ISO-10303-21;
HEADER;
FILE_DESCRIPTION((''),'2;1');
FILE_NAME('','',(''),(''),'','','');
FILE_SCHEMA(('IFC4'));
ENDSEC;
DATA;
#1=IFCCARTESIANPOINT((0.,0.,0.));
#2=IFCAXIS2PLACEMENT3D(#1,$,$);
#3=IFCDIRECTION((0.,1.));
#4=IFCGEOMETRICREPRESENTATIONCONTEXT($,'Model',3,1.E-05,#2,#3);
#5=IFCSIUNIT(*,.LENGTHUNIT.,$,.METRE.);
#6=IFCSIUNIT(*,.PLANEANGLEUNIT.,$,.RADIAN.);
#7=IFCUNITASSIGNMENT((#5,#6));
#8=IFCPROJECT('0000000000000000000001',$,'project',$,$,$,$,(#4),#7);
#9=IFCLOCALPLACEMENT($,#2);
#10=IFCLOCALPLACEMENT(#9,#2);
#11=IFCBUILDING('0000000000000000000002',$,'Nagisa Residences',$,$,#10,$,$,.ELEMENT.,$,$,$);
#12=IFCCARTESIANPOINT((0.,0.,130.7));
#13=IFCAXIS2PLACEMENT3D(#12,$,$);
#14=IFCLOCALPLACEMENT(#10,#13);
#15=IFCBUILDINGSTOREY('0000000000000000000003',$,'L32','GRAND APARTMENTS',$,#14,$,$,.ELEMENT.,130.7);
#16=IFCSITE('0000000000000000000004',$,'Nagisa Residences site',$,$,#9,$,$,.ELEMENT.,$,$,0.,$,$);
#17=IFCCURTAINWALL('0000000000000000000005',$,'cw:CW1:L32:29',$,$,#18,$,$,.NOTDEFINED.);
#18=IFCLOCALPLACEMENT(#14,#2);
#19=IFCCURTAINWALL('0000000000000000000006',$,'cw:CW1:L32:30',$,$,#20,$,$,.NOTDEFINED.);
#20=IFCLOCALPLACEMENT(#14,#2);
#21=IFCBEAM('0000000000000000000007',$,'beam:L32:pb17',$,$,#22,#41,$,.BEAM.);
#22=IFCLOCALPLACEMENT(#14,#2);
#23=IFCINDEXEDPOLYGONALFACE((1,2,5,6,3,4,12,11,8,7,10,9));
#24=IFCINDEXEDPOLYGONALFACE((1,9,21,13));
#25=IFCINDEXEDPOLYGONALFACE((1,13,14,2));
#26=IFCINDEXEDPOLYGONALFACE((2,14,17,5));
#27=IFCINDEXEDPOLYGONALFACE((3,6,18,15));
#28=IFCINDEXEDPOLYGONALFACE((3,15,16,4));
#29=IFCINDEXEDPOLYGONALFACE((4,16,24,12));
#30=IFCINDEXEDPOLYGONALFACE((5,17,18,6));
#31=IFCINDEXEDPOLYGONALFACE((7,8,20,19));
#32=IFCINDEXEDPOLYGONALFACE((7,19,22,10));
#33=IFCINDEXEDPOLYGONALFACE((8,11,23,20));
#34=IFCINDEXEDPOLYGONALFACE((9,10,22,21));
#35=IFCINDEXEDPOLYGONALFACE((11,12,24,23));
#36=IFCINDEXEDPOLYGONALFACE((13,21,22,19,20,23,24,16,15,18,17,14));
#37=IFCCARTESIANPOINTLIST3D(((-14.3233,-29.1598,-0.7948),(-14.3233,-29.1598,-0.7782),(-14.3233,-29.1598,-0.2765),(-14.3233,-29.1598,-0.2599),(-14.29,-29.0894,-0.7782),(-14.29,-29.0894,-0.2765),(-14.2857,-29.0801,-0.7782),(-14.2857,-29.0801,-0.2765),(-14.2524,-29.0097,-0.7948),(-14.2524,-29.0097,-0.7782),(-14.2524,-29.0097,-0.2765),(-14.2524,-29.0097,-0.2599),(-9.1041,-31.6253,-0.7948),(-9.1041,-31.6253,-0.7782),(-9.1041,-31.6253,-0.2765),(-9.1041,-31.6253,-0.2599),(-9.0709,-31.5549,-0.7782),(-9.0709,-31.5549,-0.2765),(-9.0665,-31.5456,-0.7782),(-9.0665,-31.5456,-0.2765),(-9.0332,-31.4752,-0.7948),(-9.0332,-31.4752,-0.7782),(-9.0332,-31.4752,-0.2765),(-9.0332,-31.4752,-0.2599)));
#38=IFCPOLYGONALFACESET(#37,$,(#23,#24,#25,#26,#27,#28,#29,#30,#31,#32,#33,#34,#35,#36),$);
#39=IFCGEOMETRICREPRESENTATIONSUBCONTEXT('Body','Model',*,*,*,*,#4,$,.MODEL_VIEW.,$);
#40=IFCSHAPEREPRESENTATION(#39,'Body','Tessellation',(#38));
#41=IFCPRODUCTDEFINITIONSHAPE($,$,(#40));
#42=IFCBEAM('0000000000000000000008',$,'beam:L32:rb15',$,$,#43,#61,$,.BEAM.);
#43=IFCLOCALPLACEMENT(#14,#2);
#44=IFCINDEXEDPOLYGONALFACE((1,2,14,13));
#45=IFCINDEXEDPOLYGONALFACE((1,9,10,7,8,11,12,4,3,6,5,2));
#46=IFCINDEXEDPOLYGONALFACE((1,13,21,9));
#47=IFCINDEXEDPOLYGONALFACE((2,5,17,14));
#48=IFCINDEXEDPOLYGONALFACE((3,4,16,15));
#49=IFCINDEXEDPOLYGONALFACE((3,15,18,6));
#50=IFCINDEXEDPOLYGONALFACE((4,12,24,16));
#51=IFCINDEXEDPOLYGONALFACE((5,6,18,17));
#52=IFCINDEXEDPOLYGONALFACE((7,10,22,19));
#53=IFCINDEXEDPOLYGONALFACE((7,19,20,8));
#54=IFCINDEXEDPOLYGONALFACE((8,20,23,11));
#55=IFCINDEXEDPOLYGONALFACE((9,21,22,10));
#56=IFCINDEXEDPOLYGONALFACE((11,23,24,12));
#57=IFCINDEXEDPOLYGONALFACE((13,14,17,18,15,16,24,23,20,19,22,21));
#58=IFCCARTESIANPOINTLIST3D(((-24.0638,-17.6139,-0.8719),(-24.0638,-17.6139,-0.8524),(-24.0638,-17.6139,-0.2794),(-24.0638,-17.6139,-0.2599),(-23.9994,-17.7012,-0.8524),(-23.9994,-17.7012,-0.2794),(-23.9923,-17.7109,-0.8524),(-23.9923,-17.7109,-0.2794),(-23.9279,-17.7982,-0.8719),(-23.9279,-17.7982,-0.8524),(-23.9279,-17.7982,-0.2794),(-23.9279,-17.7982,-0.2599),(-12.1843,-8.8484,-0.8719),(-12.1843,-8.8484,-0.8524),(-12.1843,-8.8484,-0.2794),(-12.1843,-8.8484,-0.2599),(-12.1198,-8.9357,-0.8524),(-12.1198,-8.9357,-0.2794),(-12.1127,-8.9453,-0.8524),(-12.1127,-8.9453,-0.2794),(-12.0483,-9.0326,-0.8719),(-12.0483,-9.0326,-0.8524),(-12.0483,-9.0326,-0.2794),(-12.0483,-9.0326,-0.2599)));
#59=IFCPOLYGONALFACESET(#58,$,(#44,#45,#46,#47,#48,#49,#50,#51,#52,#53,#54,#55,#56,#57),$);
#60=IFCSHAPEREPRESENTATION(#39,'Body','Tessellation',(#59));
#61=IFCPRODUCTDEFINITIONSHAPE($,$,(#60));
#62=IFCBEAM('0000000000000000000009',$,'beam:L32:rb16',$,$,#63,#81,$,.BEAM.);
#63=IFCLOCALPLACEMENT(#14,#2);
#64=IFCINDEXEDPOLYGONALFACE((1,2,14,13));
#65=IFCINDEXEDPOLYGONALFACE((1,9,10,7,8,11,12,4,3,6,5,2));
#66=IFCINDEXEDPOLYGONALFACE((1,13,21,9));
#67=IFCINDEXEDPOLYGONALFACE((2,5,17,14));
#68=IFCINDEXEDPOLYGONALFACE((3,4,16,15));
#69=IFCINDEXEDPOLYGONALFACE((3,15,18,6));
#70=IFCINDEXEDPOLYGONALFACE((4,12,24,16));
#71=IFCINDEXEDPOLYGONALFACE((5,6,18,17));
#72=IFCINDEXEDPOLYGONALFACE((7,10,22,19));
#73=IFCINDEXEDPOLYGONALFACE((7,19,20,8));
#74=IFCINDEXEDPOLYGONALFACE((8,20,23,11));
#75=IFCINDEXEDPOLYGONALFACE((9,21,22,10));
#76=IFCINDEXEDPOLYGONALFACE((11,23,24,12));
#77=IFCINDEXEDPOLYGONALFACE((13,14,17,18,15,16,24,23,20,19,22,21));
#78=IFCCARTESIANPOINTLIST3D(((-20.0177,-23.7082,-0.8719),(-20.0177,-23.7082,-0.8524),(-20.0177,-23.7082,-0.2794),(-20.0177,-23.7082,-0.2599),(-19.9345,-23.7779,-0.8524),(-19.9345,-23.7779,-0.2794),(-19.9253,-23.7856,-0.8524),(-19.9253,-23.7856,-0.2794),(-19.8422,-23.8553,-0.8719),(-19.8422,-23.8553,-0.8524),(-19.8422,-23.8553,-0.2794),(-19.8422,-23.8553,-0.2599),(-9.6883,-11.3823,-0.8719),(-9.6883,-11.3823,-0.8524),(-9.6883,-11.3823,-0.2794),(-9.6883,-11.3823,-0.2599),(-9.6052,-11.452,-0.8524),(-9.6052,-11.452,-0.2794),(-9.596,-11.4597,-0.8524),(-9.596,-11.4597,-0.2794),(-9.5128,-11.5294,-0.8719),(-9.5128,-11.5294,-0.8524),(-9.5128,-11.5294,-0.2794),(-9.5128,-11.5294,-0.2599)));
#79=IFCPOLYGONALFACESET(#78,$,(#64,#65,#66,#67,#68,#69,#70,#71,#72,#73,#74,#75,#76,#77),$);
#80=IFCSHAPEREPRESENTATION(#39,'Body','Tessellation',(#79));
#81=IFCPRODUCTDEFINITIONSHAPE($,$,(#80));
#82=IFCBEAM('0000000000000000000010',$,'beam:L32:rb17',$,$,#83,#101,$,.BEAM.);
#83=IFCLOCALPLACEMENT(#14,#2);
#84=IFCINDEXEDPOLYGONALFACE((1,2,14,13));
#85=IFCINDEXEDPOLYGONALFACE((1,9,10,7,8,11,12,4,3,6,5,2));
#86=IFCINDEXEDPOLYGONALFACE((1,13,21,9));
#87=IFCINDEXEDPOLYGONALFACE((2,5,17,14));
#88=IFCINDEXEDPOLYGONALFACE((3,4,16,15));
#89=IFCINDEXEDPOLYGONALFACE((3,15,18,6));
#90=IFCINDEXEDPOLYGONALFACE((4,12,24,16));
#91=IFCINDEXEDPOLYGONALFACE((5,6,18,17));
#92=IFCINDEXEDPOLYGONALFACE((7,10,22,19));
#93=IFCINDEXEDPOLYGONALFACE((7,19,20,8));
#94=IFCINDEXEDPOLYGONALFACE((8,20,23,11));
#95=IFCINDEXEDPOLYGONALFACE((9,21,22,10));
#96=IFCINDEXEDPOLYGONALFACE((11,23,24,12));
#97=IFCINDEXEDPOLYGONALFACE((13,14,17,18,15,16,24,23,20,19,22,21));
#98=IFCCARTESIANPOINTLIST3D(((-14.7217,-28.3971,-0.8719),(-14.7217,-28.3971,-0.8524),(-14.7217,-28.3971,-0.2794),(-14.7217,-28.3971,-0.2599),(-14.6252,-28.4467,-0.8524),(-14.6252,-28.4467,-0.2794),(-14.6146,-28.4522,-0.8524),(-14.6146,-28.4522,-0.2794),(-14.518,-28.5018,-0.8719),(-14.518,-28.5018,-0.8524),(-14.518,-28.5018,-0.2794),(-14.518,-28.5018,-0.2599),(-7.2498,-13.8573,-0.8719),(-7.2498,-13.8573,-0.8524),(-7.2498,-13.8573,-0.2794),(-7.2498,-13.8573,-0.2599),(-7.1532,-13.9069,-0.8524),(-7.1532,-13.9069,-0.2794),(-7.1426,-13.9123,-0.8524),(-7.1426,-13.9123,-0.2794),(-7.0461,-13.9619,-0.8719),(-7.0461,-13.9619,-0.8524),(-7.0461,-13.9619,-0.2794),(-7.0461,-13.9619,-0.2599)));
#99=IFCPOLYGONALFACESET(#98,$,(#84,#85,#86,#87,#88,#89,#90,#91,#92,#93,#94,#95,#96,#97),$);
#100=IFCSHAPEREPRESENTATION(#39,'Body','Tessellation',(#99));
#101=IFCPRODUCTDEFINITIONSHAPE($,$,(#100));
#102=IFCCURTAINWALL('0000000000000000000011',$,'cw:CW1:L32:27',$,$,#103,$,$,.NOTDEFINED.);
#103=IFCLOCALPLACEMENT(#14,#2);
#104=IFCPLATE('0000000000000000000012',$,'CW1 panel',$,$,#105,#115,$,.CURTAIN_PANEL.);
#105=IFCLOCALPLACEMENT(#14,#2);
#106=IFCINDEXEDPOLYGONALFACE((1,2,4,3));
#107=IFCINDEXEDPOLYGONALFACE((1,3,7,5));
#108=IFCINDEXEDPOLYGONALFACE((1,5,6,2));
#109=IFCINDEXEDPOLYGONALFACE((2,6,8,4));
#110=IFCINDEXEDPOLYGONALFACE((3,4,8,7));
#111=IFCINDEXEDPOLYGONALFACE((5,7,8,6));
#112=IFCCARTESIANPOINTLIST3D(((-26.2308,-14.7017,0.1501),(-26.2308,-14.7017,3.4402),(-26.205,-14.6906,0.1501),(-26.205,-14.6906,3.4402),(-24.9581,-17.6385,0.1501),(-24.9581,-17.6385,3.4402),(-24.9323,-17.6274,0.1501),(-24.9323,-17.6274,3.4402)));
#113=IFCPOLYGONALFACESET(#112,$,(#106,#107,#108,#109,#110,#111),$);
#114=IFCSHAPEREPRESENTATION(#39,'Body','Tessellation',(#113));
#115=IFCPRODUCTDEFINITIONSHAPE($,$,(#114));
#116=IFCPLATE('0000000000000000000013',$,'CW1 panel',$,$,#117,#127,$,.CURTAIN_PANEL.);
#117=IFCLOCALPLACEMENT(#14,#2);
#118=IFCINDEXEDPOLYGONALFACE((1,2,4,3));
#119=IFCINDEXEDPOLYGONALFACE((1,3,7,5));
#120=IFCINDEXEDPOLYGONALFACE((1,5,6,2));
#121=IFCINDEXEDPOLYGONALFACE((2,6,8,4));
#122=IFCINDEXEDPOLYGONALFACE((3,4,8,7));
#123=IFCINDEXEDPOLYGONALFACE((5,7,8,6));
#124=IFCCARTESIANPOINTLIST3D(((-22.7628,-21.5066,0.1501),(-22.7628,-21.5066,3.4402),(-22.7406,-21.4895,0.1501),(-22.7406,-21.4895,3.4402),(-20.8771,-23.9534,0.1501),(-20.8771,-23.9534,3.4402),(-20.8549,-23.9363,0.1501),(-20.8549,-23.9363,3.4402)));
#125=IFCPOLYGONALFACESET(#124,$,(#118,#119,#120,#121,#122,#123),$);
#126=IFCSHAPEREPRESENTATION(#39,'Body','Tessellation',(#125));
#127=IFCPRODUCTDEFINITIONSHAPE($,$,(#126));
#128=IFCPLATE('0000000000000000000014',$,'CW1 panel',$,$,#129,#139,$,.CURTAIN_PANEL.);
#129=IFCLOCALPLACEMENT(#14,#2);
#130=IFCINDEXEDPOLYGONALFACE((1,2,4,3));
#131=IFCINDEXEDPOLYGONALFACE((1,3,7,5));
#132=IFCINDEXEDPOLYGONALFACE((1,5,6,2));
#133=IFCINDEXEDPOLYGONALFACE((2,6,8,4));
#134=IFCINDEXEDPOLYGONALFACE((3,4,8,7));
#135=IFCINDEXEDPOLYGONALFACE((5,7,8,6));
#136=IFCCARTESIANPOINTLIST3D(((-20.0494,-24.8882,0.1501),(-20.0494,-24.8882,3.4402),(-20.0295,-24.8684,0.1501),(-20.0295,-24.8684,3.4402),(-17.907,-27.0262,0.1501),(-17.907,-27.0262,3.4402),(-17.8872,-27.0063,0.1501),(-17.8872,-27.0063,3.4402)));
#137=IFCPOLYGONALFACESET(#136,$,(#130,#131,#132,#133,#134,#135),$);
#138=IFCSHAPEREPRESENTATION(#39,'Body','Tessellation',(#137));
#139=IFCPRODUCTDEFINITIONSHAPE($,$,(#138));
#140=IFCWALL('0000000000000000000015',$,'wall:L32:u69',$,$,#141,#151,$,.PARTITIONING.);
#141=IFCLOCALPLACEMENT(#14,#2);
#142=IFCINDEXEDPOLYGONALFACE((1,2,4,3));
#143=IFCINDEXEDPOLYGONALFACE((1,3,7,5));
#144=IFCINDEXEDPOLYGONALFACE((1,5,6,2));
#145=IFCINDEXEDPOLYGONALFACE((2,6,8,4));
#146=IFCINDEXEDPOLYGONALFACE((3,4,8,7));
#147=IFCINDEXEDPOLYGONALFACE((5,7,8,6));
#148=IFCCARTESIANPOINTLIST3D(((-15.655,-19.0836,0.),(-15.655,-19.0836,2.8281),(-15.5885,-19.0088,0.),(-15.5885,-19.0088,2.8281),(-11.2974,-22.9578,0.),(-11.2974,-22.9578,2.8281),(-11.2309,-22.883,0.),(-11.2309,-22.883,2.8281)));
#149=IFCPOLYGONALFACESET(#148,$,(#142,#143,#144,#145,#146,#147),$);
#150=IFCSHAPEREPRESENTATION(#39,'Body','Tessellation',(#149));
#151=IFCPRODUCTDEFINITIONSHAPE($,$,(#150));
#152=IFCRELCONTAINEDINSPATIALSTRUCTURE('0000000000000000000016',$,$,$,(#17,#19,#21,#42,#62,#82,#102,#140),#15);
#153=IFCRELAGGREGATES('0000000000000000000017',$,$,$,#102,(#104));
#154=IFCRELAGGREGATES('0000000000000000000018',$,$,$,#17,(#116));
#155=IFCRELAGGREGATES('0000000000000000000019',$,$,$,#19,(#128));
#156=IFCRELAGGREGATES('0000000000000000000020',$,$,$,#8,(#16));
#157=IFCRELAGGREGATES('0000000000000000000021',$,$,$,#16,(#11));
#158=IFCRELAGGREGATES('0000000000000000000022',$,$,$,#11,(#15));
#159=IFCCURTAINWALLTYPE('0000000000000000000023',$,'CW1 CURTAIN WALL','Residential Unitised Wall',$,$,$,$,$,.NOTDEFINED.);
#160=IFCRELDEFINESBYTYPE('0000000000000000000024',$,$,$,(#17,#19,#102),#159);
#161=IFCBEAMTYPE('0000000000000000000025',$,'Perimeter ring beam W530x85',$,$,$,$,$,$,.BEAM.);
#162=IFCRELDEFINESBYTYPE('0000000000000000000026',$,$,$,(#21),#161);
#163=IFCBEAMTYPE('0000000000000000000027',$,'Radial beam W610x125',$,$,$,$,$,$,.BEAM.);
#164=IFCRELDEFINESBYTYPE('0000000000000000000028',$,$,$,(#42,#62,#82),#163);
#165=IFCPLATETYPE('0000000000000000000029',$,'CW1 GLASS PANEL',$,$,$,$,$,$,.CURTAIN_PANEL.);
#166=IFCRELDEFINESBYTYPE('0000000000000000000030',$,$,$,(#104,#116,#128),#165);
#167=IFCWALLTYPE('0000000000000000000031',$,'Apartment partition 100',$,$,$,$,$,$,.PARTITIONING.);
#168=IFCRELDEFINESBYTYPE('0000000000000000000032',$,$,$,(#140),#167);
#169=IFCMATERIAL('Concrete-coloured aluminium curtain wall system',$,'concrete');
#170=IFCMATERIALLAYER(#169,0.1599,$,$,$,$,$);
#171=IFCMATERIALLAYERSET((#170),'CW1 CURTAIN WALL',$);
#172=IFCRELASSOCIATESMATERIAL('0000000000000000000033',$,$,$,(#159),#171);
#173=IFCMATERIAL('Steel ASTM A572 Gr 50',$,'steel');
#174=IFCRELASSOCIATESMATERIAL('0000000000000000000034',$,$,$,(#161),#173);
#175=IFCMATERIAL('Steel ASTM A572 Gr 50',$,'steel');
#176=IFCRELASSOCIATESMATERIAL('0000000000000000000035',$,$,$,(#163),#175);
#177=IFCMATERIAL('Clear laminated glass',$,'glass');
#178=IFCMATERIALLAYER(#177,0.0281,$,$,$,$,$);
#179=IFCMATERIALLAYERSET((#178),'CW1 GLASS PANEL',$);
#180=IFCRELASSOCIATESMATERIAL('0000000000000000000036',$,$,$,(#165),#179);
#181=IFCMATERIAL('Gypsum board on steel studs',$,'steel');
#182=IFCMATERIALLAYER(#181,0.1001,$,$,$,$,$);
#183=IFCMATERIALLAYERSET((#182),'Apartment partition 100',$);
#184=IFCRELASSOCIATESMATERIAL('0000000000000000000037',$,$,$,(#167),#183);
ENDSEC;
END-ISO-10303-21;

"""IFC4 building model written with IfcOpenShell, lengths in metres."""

from ifc_helpers import new_model, si_unit, direction, frame, frame_2d, origin, origin_2d, place, context, subcontext, project, spatial, rectangle, i_section, extrude, material, layer, layer_set, material_profile, profile_set, type_object, element, aggregate, save


model = new_model("IFC4")

# Units and contexts
model_context = context("Model", 3, precision=1e-05, world=origin(), true_north=direction((0.0, 1.0)))
body_context = subcontext(model_context, "Body", "Model", "MODEL_VIEW")
ifc_project = project(units=[si_unit("LENGTHUNIT", "METRE"), si_unit("PLANEANGLEUNIT", "RADIAN")], contexts=[model_context])

# Site, building, storey
site_placement = place(None, origin())
site = spatial("IfcSite", under=ifc_project, at=site_placement, Name="Nagisa Residences site", CompositionType="ELEMENT", RefElevation=0.0)
building_placement = place(site_placement, origin())
building = spatial("IfcBuilding", under=site, at=building_placement, Name="Nagisa Residences", CompositionType="ELEMENT")
storey_placement = place(building_placement, frame((0.0, 0.0, 130.7)))
storey = spatial("IfcBuildingStorey", under=building, at=storey_placement, Name="L32", Description="GRAND APARTMENTS", CompositionType="ELEMENT", Elevation=130.7)

# Curtain walls
ifc_material_1 = material(Name="Concrete-coloured aluminium curtain wall system", Category="concrete")
ifc_layer_1 = layer(ifc_material_1, 0.1599)
ifc_layer_set_1 = layer_set([ifc_layer_1], Name="CW1 CURTAIN WALL")
curtain_wall_type = type_object("IfcCurtainWallType", Name="CW1 CURTAIN WALL", Description="Residential Unitised Wall", PredefinedType="NOTDEFINED", material=ifc_layer_set_1)
curtain_wall_1_placement = place(storey_placement, origin())
curtain_wall_1 = element("IfcCurtainWall", 1, at=curtain_wall_1_placement, inside=storey, type_object=curtain_wall_type, Name="cw:CW1:L32:29", PredefinedType="NOTDEFINED")
curtain_wall_2_placement = place(storey_placement, origin())
curtain_wall_2 = element("IfcCurtainWall", 2, at=curtain_wall_2_placement, inside=storey, type_object=curtain_wall_type, Name="cw:CW1:L32:30", PredefinedType="NOTDEFINED")

# Beams
ifc_material_2 = material(Name="Steel ASTM A572 Gr 50", Category="steel")
ifc_material_profile_1 = material_profile(ifc_material_2, i_section(OverallWidth=0.166, OverallDepth=0.5349, WebThickness=0.0103, FlangeThickness=0.0166, at=origin_2d()), Name="W530x85")
ifc_profile_set_1 = profile_set([ifc_material_profile_1], Name="Steel ASTM A572 Gr 50")
beam_type_1 = type_object("IfcBeamType", Name="Perimeter ring beam W530x85", PredefinedType="BEAM", material=ifc_profile_set_1)
beam_1_placement = place(storey_placement, frame((-14.2878, -29.0847, -0.5273), z_axis=(0.904186, -0.427139, 0.0), x_axis=(0.427139, 0.904186, 0.0)))
element("IfcBeam", 3, at=beam_1_placement, inside=storey, type_object=beam_type_1, Name="beam:L32:pb17", PredefinedType="BEAM", context=body_context, shape_type="SweptSolid", body=[
    extrude(i_section(OverallWidth=0.166, OverallDepth=0.5349, WebThickness=0.0103, FlangeThickness=0.0166, at=origin_2d()), origin(), (0.0, 0.0, 1.0), 5.7722),
])
ifc_material_3 = material(Name="Steel ASTM A572 Gr 50", Category="steel")
ifc_material_profile_2 = material_profile(ifc_material_3, i_section(OverallWidth=0.229, OverallDepth=0.6121, WebThickness=0.012, FlangeThickness=0.0195, at=origin_2d()), Name="W610x125")
ifc_profile_set_2 = profile_set([ifc_material_profile_2], Name="Steel ASTM A572 Gr 50")
beam_type_2 = type_object("IfcBeamType", Name="Radial beam W610x125", PredefinedType="BEAM", material=ifc_profile_set_2)
beam_2_placement = place(storey_placement, frame((-23.9958, -17.7061, -0.5659), z_axis=(0.804661, 0.593735, 0.0), x_axis=(-0.593735, 0.804661, 0.0)))
element("IfcBeam", 4, at=beam_2_placement, inside=storey, type_object=beam_type_2, Name="beam:L32:rb15", PredefinedType="BEAM", context=body_context, shape_type="SweptSolid", body=[
    extrude(i_section(OverallWidth=0.229, OverallDepth=0.6121, WebThickness=0.012, FlangeThickness=0.0195, at=origin_2d()), origin(), (0.0, 0.0, 1.0), 14.7634),
])
beam_3_placement = place(storey_placement, frame((-19.9299, -23.7817, -0.5659), z_axis=(0.642301, 0.766453, 0.0), x_axis=(-0.766453, 0.642301, 0.0)))
element("IfcBeam", 5, at=beam_3_placement, inside=storey, type_object=beam_type_2, Name="beam:L32:rb16", PredefinedType="BEAM", context=body_context, shape_type="SweptSolid", body=[
    extrude(i_section(OverallWidth=0.229, OverallDepth=0.6121, WebThickness=0.012, FlangeThickness=0.0195, at=origin_2d()), origin(), (0.0, 0.0, 1.0), 16.0818),
])
beam_4_placement = place(storey_placement, frame((-14.6199, -28.4495, -0.5659), z_axis=(0.457073, 0.889429, 0.0), x_axis=(-0.889429, 0.457073, 0.0)))
element("IfcBeam", 6, at=beam_4_placement, inside=storey, type_object=beam_type_2, Name="beam:L32:rb17", PredefinedType="BEAM", context=body_context, shape_type="SweptSolid", body=[
    extrude(i_section(OverallWidth=0.229, OverallDepth=0.6121, WebThickness=0.012, FlangeThickness=0.0195, at=origin_2d()), origin(), (0.0, 0.0, 1.0), 16.3474),
])

# Curtain wall, plate
curtain_wall_3_placement = place(storey_placement, origin())
curtain_wall_3 = element("IfcCurtainWall", 7, at=curtain_wall_3_placement, inside=storey, type_object=curtain_wall_type, Name="cw:CW1:L32:27", PredefinedType="NOTDEFINED")
ifc_material_4 = material(Name="Clear laminated glass", Category="glass")
ifc_layer_2 = layer(ifc_material_4, 0.0281)
ifc_layer_set_2 = layer_set([ifc_layer_2], Name="CW1 GLASS PANEL")
plate_type = type_object("IfcPlateType", Name="CW1 GLASS PANEL", PredefinedType="CURTAIN_PANEL", material=ifc_layer_set_2)
plate_1_placement = place(storey_placement, frame((-25.5815, -16.1646, 0.1501), z_axis=(0.0, 0.0, 1.0), x_axis=(0.397636, -0.917543, 0.0)))
plate_1 = element("IfcPlate", 8, at=plate_1_placement, type_object=plate_type, Name="CW1 panel", PredefinedType="CURTAIN_PANEL", context=body_context, shape_type="SweptSolid", body=[
    extrude(rectangle(XDim=3.2007, YDim=0.0281, at=origin_2d()), origin(), (0.0, 0.0, 1.0), 3.29),
])
aggregate(curtain_wall_3, [plate_1])

# Plates
plate_2_placement = place(storey_placement, frame((-21.8088, -22.7214, 0.1501), z_axis=(0.0, 0.0, 1.0), x_axis=(0.61043, -0.79207, 0.0)))
plate_2 = element("IfcPlate", 9, at=plate_2_placement, type_object=plate_type, Name="CW1 panel", PredefinedType="CURTAIN_PANEL", context=body_context, shape_type="SweptSolid", body=[
    extrude(rectangle(XDim=3.0891, YDim=0.0281, at=origin_2d()), origin(), (0.0, 0.0, 1.0), 3.29),
])
aggregate(curtain_wall_1, [plate_2])
plate_3_placement = place(storey_placement, frame((-18.9683, -25.9473, 0.1501), z_axis=(0.0, 0.0, 1.0), x_axis=(0.707836, -0.706377, 0.0)))
plate_3 = element("IfcPlate", 10, at=plate_3_placement, type_object=plate_type, Name="CW1 panel", PredefinedType="CURTAIN_PANEL", context=body_context, shape_type="SweptSolid", body=[
    extrude(rectangle(XDim=3.0266, YDim=0.0281, at=origin_2d()), origin(), (0.0, 0.0, 1.0), 3.29),
])
aggregate(curtain_wall_2, [plate_3])

# Wall
ifc_material_5 = material(Name="Gypsum board on steel studs", Category="steel")
ifc_layer_3 = layer(ifc_material_5, 0.1001)
ifc_layer_set_3 = layer_set([ifc_layer_3], Name="Apartment partition 100")
wall_type_1 = type_object("IfcWallType", Name="Apartment partition 100", PredefinedType="PARTITIONING", material=ifc_layer_set_3)
wall_1_placement = place(storey_placement, frame((-15.6218, -19.0461, 0.0), z_axis=(0.0, 0.0, 1.0), x_axis=(0.747342, -0.664439, 0.0)))
element("IfcWall", 11, at=wall_1_placement, inside=storey, type_object=wall_type_1, Name="wall:L32:u69", PredefinedType="PARTITIONING", context=body_context, shape_type="SweptSolid", body=[
    extrude(rectangle(XDim=5.8308, YDim=0.1001, at=frame_2d((2.9155, 0.0))), origin(), (0.0, 0.0, 1.0), 2.8281),
])

save(model, "model.ifc")
